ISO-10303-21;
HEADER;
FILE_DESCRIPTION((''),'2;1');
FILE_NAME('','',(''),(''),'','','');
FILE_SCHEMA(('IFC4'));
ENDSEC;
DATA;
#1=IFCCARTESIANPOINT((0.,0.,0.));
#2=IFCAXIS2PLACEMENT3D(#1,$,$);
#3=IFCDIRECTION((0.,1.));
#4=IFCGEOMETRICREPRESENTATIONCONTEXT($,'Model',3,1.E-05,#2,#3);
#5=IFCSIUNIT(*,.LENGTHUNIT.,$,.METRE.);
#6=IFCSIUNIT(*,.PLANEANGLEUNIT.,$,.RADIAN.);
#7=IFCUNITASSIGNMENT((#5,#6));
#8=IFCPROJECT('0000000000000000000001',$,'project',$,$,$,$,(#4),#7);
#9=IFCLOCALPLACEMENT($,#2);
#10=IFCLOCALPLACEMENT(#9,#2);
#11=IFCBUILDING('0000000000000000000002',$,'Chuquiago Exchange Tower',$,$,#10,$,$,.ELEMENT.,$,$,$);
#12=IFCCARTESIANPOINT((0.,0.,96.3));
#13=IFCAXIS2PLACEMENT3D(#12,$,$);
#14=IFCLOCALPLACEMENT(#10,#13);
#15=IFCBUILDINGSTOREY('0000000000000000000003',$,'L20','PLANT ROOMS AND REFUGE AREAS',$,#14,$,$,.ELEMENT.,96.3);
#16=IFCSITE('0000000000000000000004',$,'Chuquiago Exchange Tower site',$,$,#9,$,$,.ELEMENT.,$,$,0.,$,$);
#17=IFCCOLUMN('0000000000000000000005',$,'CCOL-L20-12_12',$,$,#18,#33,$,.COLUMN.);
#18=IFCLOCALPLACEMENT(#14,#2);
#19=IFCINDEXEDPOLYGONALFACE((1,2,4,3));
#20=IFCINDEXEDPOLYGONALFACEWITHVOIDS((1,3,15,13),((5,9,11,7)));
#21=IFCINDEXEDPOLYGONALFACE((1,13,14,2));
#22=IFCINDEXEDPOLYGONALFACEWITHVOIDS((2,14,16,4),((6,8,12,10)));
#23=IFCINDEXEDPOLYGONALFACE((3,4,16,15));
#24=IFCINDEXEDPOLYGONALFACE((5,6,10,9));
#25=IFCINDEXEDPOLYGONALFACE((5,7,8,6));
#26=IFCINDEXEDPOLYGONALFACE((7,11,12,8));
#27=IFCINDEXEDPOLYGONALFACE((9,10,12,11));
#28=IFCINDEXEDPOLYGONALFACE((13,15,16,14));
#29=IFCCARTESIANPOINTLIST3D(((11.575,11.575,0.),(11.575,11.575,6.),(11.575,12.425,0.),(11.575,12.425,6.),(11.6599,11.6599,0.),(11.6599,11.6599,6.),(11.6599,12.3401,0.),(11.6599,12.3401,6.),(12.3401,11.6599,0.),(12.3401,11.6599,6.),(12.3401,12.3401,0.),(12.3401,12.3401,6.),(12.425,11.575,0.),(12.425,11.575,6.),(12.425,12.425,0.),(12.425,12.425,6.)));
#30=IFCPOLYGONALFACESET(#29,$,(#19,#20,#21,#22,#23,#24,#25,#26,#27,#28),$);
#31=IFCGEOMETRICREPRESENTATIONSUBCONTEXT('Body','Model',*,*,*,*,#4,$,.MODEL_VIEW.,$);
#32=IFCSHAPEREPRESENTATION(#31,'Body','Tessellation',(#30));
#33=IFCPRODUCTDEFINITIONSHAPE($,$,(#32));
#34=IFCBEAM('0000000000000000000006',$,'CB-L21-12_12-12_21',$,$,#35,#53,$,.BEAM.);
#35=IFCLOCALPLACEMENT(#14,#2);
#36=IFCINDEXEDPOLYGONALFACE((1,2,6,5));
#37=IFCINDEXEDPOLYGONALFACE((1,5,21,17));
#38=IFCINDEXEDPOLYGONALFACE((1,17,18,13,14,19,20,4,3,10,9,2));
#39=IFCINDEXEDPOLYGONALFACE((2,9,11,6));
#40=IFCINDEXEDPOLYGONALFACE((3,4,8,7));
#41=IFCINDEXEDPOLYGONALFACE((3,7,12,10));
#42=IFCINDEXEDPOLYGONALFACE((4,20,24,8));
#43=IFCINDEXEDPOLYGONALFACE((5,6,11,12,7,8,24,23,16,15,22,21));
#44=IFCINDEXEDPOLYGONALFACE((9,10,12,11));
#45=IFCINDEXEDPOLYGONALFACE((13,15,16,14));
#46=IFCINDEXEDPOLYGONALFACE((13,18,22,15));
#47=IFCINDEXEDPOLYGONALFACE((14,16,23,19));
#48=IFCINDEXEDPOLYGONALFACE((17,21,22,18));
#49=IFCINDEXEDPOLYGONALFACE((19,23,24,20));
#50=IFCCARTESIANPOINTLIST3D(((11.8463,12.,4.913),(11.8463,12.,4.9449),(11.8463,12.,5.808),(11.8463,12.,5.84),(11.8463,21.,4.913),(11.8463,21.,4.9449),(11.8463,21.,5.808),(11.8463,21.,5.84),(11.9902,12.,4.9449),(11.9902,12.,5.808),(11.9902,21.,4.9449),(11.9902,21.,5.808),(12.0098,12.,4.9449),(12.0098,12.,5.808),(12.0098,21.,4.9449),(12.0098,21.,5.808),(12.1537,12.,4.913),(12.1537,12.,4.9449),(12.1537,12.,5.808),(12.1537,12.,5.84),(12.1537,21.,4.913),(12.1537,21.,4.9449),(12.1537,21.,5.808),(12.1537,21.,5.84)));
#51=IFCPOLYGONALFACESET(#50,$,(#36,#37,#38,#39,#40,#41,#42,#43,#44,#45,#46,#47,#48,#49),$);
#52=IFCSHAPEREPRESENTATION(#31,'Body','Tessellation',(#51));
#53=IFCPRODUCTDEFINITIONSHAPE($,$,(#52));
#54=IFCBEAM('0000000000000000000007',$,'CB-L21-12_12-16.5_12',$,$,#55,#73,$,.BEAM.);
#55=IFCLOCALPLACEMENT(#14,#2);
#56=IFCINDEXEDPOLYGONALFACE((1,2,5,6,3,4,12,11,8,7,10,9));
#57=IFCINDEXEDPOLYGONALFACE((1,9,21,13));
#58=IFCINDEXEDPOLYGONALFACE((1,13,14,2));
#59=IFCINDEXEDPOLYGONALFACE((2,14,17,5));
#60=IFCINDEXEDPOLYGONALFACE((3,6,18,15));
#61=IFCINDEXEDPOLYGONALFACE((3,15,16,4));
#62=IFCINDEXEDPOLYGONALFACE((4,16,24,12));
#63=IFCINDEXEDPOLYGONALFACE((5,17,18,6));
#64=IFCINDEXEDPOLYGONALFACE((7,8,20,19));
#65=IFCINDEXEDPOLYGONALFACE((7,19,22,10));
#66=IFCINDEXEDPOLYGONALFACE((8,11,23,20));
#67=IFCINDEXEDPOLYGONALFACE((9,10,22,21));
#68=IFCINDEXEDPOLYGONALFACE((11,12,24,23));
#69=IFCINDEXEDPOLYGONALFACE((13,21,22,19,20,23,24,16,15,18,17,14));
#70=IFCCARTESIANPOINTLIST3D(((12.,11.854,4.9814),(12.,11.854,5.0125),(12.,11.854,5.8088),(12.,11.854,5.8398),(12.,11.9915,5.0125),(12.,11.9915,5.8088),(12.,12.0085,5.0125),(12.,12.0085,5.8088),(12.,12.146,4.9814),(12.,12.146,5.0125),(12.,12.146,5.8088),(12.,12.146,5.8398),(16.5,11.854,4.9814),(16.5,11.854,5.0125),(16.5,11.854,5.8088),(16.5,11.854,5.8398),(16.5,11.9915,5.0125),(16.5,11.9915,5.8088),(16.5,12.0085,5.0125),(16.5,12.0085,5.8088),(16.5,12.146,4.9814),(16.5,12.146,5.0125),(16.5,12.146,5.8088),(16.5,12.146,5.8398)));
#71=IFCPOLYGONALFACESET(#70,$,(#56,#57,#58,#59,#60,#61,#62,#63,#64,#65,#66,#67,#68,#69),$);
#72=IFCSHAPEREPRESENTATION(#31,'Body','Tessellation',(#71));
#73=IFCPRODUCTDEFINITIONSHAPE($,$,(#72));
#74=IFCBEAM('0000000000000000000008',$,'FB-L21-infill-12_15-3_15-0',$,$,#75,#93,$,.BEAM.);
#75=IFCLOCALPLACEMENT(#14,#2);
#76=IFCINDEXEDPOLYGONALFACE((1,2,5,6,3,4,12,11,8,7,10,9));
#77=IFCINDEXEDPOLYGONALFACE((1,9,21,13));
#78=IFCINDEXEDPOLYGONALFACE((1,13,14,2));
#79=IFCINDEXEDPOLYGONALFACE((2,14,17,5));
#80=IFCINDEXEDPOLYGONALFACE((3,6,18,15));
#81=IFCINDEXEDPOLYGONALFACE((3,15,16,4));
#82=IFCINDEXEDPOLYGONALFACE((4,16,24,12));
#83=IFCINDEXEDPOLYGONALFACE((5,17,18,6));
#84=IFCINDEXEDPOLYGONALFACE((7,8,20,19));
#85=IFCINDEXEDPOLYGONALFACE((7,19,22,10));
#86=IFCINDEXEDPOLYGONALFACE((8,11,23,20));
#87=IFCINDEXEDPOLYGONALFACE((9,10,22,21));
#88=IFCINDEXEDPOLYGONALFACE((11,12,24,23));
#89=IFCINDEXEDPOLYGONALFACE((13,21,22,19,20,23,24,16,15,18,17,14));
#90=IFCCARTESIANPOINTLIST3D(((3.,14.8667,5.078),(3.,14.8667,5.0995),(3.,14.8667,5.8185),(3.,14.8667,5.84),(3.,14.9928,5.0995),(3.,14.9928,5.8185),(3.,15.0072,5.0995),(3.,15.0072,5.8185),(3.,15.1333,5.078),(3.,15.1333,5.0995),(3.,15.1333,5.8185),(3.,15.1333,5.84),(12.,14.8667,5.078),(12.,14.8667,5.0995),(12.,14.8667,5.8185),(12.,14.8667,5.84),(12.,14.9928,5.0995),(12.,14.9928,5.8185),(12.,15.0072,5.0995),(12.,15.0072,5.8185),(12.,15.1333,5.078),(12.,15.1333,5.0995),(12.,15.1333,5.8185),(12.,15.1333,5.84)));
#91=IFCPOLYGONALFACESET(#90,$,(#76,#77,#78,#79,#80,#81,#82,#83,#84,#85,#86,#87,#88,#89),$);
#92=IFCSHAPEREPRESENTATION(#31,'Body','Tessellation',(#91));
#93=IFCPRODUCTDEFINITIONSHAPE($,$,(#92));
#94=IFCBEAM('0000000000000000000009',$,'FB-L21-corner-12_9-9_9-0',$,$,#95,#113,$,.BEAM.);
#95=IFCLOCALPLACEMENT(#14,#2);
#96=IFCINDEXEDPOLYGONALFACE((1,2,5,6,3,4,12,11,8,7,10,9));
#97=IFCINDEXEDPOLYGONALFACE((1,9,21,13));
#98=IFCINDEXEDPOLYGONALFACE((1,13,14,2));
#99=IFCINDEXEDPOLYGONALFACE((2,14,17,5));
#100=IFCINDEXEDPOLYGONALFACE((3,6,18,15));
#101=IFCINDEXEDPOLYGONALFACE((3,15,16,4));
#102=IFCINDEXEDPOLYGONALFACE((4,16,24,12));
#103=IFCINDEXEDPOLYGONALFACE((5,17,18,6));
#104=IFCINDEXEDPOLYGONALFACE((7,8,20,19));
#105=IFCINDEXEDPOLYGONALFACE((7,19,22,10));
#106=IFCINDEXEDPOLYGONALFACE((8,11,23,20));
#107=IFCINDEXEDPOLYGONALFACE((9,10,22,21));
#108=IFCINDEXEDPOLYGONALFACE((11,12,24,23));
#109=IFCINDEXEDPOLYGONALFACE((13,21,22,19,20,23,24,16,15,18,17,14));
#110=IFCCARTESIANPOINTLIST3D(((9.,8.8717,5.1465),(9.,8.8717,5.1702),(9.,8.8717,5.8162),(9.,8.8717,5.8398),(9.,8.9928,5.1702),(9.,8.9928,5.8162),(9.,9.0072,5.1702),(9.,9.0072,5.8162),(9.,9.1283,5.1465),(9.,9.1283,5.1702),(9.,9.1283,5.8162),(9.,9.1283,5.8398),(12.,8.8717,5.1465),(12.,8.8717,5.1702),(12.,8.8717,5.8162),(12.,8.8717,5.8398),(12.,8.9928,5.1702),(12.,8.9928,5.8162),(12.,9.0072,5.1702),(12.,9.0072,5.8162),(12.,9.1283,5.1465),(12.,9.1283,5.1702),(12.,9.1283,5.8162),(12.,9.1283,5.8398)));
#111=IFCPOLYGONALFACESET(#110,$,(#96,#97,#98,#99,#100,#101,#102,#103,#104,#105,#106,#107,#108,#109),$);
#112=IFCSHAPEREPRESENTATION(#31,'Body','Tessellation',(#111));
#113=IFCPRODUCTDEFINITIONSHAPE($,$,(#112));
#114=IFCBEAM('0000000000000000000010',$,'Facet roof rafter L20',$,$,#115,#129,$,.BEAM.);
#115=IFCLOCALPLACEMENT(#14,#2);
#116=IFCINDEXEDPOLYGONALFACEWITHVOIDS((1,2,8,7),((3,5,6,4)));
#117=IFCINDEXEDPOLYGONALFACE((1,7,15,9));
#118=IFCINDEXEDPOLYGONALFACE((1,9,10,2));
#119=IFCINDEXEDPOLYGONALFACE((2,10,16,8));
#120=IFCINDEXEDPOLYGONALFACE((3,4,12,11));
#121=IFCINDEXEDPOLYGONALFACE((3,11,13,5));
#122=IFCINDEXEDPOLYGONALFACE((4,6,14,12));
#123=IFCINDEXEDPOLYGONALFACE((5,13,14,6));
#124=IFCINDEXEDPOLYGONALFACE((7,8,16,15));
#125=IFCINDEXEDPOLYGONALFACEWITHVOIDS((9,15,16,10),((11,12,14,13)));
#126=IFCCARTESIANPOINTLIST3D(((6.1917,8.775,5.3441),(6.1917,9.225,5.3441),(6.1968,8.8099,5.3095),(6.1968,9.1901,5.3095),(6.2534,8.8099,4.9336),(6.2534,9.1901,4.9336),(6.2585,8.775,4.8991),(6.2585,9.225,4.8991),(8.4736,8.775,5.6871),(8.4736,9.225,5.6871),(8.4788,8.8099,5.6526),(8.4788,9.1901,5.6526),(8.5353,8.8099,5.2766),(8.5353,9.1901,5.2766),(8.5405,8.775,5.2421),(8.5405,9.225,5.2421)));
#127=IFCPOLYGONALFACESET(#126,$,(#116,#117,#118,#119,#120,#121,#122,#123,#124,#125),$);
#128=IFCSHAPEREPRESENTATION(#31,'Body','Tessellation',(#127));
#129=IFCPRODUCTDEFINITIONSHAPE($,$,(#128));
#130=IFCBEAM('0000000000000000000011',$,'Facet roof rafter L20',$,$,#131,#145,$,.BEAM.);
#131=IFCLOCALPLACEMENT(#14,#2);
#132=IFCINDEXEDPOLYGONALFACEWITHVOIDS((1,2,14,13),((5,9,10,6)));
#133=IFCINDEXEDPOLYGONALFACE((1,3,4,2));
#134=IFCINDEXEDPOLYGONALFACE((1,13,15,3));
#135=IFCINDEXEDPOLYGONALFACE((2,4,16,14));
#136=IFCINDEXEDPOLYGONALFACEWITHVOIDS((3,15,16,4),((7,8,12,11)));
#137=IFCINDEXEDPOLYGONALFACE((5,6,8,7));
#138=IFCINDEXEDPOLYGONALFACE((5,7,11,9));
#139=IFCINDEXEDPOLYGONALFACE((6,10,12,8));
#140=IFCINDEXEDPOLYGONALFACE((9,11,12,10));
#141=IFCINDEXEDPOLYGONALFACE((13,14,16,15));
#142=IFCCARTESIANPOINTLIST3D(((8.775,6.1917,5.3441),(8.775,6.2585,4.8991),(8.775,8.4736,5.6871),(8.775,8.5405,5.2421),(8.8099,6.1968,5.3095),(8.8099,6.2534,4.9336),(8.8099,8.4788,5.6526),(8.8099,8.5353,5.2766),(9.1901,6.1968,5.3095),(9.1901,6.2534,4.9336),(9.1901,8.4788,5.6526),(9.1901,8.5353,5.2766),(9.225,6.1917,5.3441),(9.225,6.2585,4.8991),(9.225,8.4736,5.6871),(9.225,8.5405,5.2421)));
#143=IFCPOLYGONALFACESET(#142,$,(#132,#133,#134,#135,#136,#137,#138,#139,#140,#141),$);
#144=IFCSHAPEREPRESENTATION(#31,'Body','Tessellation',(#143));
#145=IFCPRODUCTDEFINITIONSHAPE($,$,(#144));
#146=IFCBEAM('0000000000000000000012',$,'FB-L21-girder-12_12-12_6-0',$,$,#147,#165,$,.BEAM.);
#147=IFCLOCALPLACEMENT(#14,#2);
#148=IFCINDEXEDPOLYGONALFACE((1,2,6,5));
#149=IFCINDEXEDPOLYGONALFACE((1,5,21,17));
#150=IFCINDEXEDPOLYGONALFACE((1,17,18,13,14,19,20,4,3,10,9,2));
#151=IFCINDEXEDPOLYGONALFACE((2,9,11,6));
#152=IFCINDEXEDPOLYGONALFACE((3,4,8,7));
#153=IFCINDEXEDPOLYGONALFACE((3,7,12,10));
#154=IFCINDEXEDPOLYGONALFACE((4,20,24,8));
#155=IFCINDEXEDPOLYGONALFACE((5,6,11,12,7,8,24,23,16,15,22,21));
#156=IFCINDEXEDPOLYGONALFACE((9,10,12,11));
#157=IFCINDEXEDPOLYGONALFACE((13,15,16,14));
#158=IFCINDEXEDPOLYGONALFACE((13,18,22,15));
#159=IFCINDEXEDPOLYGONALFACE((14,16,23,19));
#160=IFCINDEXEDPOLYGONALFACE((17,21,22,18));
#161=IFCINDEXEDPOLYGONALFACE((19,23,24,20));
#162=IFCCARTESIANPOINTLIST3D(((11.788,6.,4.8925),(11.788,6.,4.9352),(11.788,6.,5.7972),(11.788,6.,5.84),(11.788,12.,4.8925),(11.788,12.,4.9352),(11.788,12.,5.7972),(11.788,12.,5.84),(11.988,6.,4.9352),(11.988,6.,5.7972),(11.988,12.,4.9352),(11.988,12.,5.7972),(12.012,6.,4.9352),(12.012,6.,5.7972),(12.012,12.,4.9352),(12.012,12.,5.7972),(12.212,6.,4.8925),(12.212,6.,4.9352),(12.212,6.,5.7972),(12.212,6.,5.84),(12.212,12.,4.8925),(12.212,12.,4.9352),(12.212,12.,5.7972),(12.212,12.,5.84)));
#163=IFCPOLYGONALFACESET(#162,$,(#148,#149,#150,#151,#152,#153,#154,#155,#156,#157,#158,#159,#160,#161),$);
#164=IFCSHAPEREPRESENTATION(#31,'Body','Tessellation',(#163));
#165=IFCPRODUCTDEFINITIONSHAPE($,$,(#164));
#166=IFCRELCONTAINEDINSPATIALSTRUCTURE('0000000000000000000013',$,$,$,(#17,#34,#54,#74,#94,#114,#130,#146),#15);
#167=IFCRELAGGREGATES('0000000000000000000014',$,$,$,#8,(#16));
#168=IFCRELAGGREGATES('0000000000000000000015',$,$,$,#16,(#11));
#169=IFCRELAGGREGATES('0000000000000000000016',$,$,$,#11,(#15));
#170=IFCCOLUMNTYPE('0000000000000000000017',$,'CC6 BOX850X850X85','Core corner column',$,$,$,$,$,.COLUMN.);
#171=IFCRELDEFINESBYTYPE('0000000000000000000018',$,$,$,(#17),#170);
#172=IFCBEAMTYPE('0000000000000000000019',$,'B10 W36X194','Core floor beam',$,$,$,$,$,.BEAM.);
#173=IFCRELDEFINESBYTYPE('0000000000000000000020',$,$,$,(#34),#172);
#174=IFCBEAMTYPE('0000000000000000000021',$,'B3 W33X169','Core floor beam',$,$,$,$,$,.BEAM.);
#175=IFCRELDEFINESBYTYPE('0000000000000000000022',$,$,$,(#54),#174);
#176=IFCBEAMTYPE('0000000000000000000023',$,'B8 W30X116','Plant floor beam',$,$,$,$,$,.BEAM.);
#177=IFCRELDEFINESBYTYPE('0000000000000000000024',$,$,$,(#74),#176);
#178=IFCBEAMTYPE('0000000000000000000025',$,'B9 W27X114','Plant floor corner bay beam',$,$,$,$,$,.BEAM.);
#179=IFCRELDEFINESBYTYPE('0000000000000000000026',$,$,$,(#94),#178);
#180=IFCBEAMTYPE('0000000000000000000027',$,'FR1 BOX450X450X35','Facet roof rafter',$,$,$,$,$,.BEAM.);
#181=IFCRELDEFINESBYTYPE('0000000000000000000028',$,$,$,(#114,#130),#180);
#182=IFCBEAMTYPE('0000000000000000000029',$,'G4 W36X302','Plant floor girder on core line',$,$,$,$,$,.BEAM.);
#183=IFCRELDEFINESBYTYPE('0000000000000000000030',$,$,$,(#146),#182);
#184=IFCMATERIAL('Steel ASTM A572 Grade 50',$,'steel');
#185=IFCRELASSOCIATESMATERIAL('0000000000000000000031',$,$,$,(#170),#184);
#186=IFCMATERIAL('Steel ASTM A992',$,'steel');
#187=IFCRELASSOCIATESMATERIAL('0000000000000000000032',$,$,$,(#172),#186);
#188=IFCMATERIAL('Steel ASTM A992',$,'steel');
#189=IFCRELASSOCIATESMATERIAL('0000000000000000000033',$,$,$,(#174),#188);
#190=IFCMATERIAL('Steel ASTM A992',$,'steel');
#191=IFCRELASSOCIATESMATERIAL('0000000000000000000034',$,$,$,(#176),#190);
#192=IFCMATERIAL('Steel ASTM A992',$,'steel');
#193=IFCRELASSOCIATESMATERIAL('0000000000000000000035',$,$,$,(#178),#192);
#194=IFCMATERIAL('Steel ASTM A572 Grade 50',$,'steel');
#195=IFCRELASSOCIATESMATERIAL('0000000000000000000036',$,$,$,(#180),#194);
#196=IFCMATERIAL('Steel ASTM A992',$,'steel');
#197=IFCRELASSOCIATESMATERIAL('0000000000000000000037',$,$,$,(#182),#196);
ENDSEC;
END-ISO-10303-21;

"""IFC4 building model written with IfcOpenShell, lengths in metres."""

from ifc_helpers import new_model, si_unit, direction, frame, origin, origin_2d, place, context, subcontext, project, spatial, hollow_rectangle, i_section, extrude, material, material_profile, profile_set, type_object, element, save


model = new_model("IFC4")

# Units and contexts
model_context = context("Model", 3, precision=1e-05, world=origin(), true_north=direction((0.0, 1.0)))
body_context = subcontext(model_context, "Body", "Model", "MODEL_VIEW")
ifc_project = project(units=[si_unit("LENGTHUNIT", "METRE"), si_unit("PLANEANGLEUNIT", "RADIAN")], contexts=[model_context])

# Site, building, storey
site_placement = place(None, origin())
site = spatial("IfcSite", under=ifc_project, at=site_placement, Name="Chuquiago Exchange Tower site", CompositionType="ELEMENT", RefElevation=0.0)
building_placement = place(site_placement, origin())
building = spatial("IfcBuilding", under=site, at=building_placement, Name="Chuquiago Exchange Tower", CompositionType="ELEMENT")
storey_placement = place(building_placement, frame((0.0, 0.0, 96.3)))
storey = spatial("IfcBuildingStorey", under=building, at=storey_placement, Name="L20", Description="PLANT ROOMS AND REFUGE AREAS", CompositionType="ELEMENT", Elevation=96.3)

# Column
ifc_material_1 = material(Name="Steel ASTM A572 Grade 50", Category="steel")
ifc_material_profile_1 = material_profile(ifc_material_1, hollow_rectangle(XDim=0.8501, YDim=0.8501, WallThickness=0.085, at=origin_2d()), Name="BOX850X850X85")
ifc_profile_set_1 = profile_set([ifc_material_profile_1], Name="Steel ASTM A572 Grade 50")
column_type = type_object("IfcColumnType", Name="CC6 BOX850X850X85", Description="Core corner column", PredefinedType="COLUMN", material=ifc_profile_set_1)
column_placement = place(storey_placement, frame((12.0, 12.0, 0.0), z_axis=(0.0, 0.0, 1.0), x_axis=(1.0, 0.0, 0.0)))
element("IfcColumn", 1, at=column_placement, inside=storey, type_object=column_type, Name="CCOL-L20-12_12", PredefinedType="COLUMN", context=body_context, shape_type="SweptSolid", body=[
    extrude(hollow_rectangle(XDim=0.8501, YDim=0.8501, WallThickness=0.085, at=origin_2d()), origin(), (0.0, 0.0, 1.0), 6.0),
])

# Beams
ifc_material_2 = material(Name="Steel ASTM A992", Category="steel")
ifc_material_profile_2 = material_profile(ifc_material_2, i_section(OverallWidth=0.3074, OverallDepth=0.927, WebThickness=0.0195, FlangeThickness=0.032, at=origin_2d()), Name="W36X194")
ifc_profile_set_2 = profile_set([ifc_material_profile_2], Name="Steel ASTM A992")
beam_type_1 = type_object("IfcBeamType", Name="B10 W36X194", Description="Core floor beam", PredefinedType="BEAM", material=ifc_profile_set_2)
beam_1_placement = place(storey_placement, frame((12.0, 12.0, 5.3765), z_axis=(0.0, 1.0, 0.0), x_axis=(-1.0, 0.0, 0.0)))
element("IfcBeam", 2, at=beam_1_placement, inside=storey, type_object=beam_type_1, Name="CB-L21-12_12-12_21", PredefinedType="BEAM", context=body_context, shape_type="SweptSolid", body=[
    extrude(i_section(OverallWidth=0.3074, OverallDepth=0.927, WebThickness=0.0195, FlangeThickness=0.032, at=origin_2d()), origin(), (0.0, 0.0, 1.0), 9.0),
])
ifc_material_3 = material(Name="Steel ASTM A992", Category="steel")
ifc_material_profile_3 = material_profile(ifc_material_3, i_section(OverallWidth=0.292, OverallDepth=0.8584, WebThickness=0.0171, FlangeThickness=0.031, at=origin_2d()), Name="W33X169")
ifc_profile_set_3 = profile_set([ifc_material_profile_3], Name="Steel ASTM A992")
beam_type_2 = type_object("IfcBeamType", Name="B3 W33X169", Description="Core floor beam", PredefinedType="BEAM", material=ifc_profile_set_3)
beam_2_placement = place(storey_placement, frame((12.0, 12.0, 5.4106), z_axis=(1.0, 0.0, 0.0), x_axis=(0.0, 1.0, 0.0)))
element("IfcBeam", 3, at=beam_2_placement, inside=storey, type_object=beam_type_2, Name="CB-L21-12_12-16.5_12", PredefinedType="BEAM", context=body_context, shape_type="SweptSolid", body=[
    extrude(i_section(OverallWidth=0.292, OverallDepth=0.8584, WebThickness=0.0171, FlangeThickness=0.031, at=origin_2d()), origin(), (0.0, 0.0, 1.0), 4.5),
])
ifc_material_4 = material(Name="Steel ASTM A992", Category="steel")
ifc_material_profile_4 = material_profile(ifc_material_4, i_section(OverallWidth=0.2666, OverallDepth=0.762, WebThickness=0.0144, FlangeThickness=0.0215, at=origin_2d()), Name="W30X116")
ifc_profile_set_4 = profile_set([ifc_material_profile_4], Name="Steel ASTM A992")
beam_type_3 = type_object("IfcBeamType", Name="B8 W30X116", Description="Plant floor beam", PredefinedType="BEAM", material=ifc_profile_set_4)
beam_3_placement = place(storey_placement, frame((12.0, 15.0, 5.459), z_axis=(-1.0, 0.0, 0.0), x_axis=(0.0, -1.0, 0.0)))
element("IfcBeam", 4, at=beam_3_placement, inside=storey, type_object=beam_type_3, Name="FB-L21-infill-12_15-3_15-0", PredefinedType="BEAM", context=body_context, shape_type="SweptSolid", body=[
    extrude(i_section(OverallWidth=0.2666, OverallDepth=0.762, WebThickness=0.0144, FlangeThickness=0.0215, at=origin_2d()), origin(), (0.0, 0.0, 1.0), 9.0),
])
ifc_material_5 = material(Name="Steel ASTM A992", Category="steel")
ifc_material_profile_5 = material_profile(ifc_material_5, i_section(OverallWidth=0.2566, OverallDepth=0.6934, WebThickness=0.0144, FlangeThickness=0.0237, at=origin_2d()), Name="W27X114")
ifc_profile_set_5 = profile_set([ifc_material_profile_5], Name="Steel ASTM A992")
beam_type_4 = type_object("IfcBeamType", Name="B9 W27X114", Description="Plant floor corner bay beam", PredefinedType="BEAM", material=ifc_profile_set_5)
beam_4_placement = place(storey_placement, frame((12.0, 9.0, 5.4932), z_axis=(-1.0, 0.0, 0.0), x_axis=(0.0, -1.0, 0.0)))
element("IfcBeam", 5, at=beam_4_placement, inside=storey, type_object=beam_type_4, Name="FB-L21-corner-12_9-9_9-0", PredefinedType="BEAM", context=body_context, shape_type="SweptSolid", body=[
    extrude(i_section(OverallWidth=0.2566, OverallDepth=0.6934, WebThickness=0.0144, FlangeThickness=0.0237, at=origin_2d()), origin(), (0.0, 0.0, 1.0), 3.0),
])
ifc_material_6 = material(Name="Steel ASTM A572 Grade 50", Category="steel")
ifc_material_profile_6 = material_profile(ifc_material_6, hollow_rectangle(XDim=0.45, YDim=0.45, WallThickness=0.0349, at=origin_2d()), Name="BOX450X450X35")
ifc_profile_set_6 = profile_set([ifc_material_profile_6], Name="Steel ASTM A572 Grade 50")
beam_type_5 = type_object("IfcBeamType", Name="FR1 BOX450X450X35", Description="Facet roof rafter", PredefinedType="BEAM", material=ifc_profile_set_6)
for number, where, z_axis, x_axis, name in (
    (6, (8.5071, 9.0, 5.4646), (-0.988891, 0.0, -0.148646), (0.0, -1.0, 0.0), "Facet roof rafter L20"),
    (7, (9.0, 8.5071, 5.4646), (0.0, -0.988891, -0.148646), (1.0, 0.0, 0.0), "Facet roof rafter L20"),
):
    element("IfcBeam", number, at=place(storey_placement, frame(where, z_axis=z_axis, x_axis=x_axis)), inside=storey, type_object=beam_type_5, Name=name, PredefinedType="BEAM", context=body_context, shape_type="SweptSolid", body=[
        extrude(hollow_rectangle(XDim=0.45, YDim=0.45, WallThickness=0.0349, at=origin_2d()), origin(), (0.0, 0.0, 1.0), 2.3076),
    ])
ifc_material_7 = material(Name="Steel ASTM A992", Category="steel")
ifc_material_profile_7 = material_profile(ifc_material_7, i_section(OverallWidth=0.4241, OverallDepth=0.9475, WebThickness=0.0239, FlangeThickness=0.0427, at=origin_2d()), Name="W36X302")
ifc_profile_set_7 = profile_set([ifc_material_profile_7], Name="Steel ASTM A992")
beam_type_6 = type_object("IfcBeamType", Name="G4 W36X302", Description="Plant floor girder on core line", PredefinedType="BEAM", material=ifc_profile_set_7)
for number, where, z_axis, x_axis, name in (
    (8, (12.0, 12.0, 5.3662), (0.0, -1.0, 0.0), (1.0, 0.0, 0.0), "FB-L21-girder-12_12-12_6-0"),
):
    element("IfcBeam", number, at=place(storey_placement, frame(where, z_axis=z_axis, x_axis=x_axis)), inside=storey, type_object=beam_type_6, Name=name, PredefinedType="BEAM", context=body_context, shape_type="SweptSolid", body=[
        extrude(i_section(OverallWidth=0.4241, OverallDepth=0.9475, WebThickness=0.0239, FlangeThickness=0.0427, at=origin_2d()), origin(), (0.0, 0.0, 1.0), 6.0),
    ])

save(model, "model.ifc")
